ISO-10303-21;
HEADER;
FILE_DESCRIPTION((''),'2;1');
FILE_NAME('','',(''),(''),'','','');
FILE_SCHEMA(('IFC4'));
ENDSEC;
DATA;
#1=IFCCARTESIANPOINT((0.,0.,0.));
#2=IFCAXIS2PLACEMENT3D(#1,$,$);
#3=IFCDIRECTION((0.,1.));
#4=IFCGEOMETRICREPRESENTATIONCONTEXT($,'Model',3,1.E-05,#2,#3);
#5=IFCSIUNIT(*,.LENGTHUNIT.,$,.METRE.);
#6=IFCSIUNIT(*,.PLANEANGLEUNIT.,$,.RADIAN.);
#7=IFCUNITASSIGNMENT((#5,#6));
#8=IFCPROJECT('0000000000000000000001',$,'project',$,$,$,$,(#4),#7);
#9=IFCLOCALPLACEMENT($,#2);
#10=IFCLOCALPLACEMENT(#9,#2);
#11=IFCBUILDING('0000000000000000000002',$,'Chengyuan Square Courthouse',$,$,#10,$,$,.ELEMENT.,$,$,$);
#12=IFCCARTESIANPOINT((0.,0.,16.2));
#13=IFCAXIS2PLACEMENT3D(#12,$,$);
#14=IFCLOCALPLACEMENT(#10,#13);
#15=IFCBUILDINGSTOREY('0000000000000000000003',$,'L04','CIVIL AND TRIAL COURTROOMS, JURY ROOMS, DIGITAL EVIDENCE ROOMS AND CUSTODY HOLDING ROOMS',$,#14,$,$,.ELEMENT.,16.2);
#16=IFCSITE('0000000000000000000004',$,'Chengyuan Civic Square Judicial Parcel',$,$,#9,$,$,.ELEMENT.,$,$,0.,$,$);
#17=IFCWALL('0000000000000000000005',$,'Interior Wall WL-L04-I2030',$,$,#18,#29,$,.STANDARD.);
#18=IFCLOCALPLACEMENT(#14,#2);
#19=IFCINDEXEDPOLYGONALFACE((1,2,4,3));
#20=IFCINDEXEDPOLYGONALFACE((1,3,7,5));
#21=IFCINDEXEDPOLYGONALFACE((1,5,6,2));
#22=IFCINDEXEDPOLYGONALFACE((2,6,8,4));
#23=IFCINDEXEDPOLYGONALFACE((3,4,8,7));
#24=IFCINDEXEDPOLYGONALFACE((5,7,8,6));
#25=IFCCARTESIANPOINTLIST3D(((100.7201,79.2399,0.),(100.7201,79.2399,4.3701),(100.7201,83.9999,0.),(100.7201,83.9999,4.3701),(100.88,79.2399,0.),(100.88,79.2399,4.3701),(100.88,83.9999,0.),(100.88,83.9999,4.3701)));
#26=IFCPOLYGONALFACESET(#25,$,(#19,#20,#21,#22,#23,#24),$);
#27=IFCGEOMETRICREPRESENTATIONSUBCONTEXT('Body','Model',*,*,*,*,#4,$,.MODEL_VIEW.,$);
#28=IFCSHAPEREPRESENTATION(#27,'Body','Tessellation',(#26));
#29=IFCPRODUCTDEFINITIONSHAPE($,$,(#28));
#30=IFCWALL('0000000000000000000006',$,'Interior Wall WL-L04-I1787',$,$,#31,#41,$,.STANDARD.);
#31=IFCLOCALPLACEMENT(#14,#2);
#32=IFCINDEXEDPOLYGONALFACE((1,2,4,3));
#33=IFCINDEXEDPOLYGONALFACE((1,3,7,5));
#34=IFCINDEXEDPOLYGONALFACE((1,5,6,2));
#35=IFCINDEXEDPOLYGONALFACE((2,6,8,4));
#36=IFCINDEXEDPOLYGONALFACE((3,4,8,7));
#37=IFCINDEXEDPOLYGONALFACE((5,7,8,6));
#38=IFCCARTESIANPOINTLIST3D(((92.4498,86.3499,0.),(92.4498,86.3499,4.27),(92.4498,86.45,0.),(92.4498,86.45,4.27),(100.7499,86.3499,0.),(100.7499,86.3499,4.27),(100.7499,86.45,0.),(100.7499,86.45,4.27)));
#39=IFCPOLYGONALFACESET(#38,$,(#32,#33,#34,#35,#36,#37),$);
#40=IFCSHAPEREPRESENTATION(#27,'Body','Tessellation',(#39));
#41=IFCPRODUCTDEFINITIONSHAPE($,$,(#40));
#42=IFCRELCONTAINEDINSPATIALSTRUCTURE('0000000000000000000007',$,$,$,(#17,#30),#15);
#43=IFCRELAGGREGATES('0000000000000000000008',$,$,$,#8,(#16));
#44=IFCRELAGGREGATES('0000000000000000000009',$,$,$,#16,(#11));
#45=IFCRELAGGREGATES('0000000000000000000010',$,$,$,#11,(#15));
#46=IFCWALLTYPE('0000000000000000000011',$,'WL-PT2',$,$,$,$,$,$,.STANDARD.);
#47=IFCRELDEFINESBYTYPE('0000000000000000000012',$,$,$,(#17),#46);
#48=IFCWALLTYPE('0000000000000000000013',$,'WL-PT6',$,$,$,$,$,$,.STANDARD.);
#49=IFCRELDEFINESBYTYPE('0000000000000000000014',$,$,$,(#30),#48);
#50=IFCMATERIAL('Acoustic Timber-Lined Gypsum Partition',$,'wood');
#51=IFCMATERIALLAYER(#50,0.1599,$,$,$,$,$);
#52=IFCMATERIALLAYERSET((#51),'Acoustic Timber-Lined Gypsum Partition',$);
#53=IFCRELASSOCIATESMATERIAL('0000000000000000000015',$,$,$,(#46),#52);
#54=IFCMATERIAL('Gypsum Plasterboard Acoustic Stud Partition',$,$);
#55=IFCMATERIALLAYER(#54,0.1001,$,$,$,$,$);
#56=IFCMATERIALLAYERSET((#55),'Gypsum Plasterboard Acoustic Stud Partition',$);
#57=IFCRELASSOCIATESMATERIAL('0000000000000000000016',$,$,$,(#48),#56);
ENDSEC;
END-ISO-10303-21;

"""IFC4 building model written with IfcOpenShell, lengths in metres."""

from ifc_helpers import new_model, si_unit, direction, frame, frame_2d, origin, place, context, subcontext, project, spatial, rectangle, extrude, material, layer, layer_set, type_object, element, save


model = new_model("IFC4")

# Units and contexts
model_context = context("Model", 3, precision=1e-05, world=origin(), true_north=direction((0.0, 1.0)))
body_context = subcontext(model_context, "Body", "Model", "MODEL_VIEW")
ifc_project = project(units=[si_unit("LENGTHUNIT", "METRE"), si_unit("PLANEANGLEUNIT", "RADIAN")], contexts=[model_context])

# Site, building, storey
site_placement = place(None, origin())
site = spatial("IfcSite", under=ifc_project, at=site_placement, Name="Chengyuan Civic Square Judicial Parcel", CompositionType="ELEMENT", RefElevation=0.0)
building_placement = place(site_placement, origin())
building = spatial("IfcBuilding", under=site, at=building_placement, Name="Chengyuan Square Courthouse", CompositionType="ELEMENT")
storey_placement = place(building_placement, frame((0.0, 0.0, 16.2)))
storey = spatial("IfcBuildingStorey", under=building, at=storey_placement, Name="L04", Description="CIVIL AND TRIAL COURTROOMS, JURY ROOMS, DIGITAL EVIDENCE ROOMS AND CUSTODY HOLDING ROOMS", CompositionType="ELEMENT", Elevation=16.2)

# Walls
ifc_material_1 = material(Name="Acoustic Timber-Lined Gypsum Partition", Category="wood")
ifc_layer_1 = layer(ifc_material_1, 0.1599)
ifc_layer_set_1 = layer_set([ifc_layer_1], Name="Acoustic Timber-Lined Gypsum Partition")
wall_type_1 = type_object("IfcWallType", Name="WL-PT2", PredefinedType="STANDARD", material=ifc_layer_set_1)
wall_1_placement = place(storey_placement, frame((100.8, 79.24, 0.0), z_axis=(0.0, 0.0, 1.0), x_axis=(0.0, 1.0, 0.0)))
element("IfcWall", 1, at=wall_1_placement, inside=storey, type_object=wall_type_1, Name="Interior Wall WL-L04-I2030", PredefinedType="STANDARD", context=body_context, shape_type="SweptSolid", body=[
    extrude(rectangle(XDim=4.76, YDim=0.1599, at=frame_2d((2.3799, 0.0))), origin(), (0.0, 0.0, 1.0), 4.3701),
])
ifc_material_2 = material(Name="Gypsum Plasterboard Acoustic Stud Partition")
ifc_layer_2 = layer(ifc_material_2, 0.1001)
ifc_layer_set_2 = layer_set([ifc_layer_2], Name="Gypsum Plasterboard Acoustic Stud Partition")
wall_type_2 = type_object("IfcWallType", Name="WL-PT6", PredefinedType="STANDARD", material=ifc_layer_set_2)
wall_2_placement = place(storey_placement, frame((92.45, 86.3999, 0.0), z_axis=(0.0, 0.0, 1.0), x_axis=(1.0, 0.0, 0.0)))
element("IfcWall", 2, at=wall_2_placement, inside=storey, type_object=wall_type_2, Name="Interior Wall WL-L04-I1787", PredefinedType="STANDARD", context=body_context, shape_type="SweptSolid", body=[
    extrude(rectangle(XDim=8.3, YDim=0.1001, at=frame_2d((4.1499, 0.0))), origin(), (0.0, 0.0, 1.0), 4.27),
])

save(model, "model.ifc")
